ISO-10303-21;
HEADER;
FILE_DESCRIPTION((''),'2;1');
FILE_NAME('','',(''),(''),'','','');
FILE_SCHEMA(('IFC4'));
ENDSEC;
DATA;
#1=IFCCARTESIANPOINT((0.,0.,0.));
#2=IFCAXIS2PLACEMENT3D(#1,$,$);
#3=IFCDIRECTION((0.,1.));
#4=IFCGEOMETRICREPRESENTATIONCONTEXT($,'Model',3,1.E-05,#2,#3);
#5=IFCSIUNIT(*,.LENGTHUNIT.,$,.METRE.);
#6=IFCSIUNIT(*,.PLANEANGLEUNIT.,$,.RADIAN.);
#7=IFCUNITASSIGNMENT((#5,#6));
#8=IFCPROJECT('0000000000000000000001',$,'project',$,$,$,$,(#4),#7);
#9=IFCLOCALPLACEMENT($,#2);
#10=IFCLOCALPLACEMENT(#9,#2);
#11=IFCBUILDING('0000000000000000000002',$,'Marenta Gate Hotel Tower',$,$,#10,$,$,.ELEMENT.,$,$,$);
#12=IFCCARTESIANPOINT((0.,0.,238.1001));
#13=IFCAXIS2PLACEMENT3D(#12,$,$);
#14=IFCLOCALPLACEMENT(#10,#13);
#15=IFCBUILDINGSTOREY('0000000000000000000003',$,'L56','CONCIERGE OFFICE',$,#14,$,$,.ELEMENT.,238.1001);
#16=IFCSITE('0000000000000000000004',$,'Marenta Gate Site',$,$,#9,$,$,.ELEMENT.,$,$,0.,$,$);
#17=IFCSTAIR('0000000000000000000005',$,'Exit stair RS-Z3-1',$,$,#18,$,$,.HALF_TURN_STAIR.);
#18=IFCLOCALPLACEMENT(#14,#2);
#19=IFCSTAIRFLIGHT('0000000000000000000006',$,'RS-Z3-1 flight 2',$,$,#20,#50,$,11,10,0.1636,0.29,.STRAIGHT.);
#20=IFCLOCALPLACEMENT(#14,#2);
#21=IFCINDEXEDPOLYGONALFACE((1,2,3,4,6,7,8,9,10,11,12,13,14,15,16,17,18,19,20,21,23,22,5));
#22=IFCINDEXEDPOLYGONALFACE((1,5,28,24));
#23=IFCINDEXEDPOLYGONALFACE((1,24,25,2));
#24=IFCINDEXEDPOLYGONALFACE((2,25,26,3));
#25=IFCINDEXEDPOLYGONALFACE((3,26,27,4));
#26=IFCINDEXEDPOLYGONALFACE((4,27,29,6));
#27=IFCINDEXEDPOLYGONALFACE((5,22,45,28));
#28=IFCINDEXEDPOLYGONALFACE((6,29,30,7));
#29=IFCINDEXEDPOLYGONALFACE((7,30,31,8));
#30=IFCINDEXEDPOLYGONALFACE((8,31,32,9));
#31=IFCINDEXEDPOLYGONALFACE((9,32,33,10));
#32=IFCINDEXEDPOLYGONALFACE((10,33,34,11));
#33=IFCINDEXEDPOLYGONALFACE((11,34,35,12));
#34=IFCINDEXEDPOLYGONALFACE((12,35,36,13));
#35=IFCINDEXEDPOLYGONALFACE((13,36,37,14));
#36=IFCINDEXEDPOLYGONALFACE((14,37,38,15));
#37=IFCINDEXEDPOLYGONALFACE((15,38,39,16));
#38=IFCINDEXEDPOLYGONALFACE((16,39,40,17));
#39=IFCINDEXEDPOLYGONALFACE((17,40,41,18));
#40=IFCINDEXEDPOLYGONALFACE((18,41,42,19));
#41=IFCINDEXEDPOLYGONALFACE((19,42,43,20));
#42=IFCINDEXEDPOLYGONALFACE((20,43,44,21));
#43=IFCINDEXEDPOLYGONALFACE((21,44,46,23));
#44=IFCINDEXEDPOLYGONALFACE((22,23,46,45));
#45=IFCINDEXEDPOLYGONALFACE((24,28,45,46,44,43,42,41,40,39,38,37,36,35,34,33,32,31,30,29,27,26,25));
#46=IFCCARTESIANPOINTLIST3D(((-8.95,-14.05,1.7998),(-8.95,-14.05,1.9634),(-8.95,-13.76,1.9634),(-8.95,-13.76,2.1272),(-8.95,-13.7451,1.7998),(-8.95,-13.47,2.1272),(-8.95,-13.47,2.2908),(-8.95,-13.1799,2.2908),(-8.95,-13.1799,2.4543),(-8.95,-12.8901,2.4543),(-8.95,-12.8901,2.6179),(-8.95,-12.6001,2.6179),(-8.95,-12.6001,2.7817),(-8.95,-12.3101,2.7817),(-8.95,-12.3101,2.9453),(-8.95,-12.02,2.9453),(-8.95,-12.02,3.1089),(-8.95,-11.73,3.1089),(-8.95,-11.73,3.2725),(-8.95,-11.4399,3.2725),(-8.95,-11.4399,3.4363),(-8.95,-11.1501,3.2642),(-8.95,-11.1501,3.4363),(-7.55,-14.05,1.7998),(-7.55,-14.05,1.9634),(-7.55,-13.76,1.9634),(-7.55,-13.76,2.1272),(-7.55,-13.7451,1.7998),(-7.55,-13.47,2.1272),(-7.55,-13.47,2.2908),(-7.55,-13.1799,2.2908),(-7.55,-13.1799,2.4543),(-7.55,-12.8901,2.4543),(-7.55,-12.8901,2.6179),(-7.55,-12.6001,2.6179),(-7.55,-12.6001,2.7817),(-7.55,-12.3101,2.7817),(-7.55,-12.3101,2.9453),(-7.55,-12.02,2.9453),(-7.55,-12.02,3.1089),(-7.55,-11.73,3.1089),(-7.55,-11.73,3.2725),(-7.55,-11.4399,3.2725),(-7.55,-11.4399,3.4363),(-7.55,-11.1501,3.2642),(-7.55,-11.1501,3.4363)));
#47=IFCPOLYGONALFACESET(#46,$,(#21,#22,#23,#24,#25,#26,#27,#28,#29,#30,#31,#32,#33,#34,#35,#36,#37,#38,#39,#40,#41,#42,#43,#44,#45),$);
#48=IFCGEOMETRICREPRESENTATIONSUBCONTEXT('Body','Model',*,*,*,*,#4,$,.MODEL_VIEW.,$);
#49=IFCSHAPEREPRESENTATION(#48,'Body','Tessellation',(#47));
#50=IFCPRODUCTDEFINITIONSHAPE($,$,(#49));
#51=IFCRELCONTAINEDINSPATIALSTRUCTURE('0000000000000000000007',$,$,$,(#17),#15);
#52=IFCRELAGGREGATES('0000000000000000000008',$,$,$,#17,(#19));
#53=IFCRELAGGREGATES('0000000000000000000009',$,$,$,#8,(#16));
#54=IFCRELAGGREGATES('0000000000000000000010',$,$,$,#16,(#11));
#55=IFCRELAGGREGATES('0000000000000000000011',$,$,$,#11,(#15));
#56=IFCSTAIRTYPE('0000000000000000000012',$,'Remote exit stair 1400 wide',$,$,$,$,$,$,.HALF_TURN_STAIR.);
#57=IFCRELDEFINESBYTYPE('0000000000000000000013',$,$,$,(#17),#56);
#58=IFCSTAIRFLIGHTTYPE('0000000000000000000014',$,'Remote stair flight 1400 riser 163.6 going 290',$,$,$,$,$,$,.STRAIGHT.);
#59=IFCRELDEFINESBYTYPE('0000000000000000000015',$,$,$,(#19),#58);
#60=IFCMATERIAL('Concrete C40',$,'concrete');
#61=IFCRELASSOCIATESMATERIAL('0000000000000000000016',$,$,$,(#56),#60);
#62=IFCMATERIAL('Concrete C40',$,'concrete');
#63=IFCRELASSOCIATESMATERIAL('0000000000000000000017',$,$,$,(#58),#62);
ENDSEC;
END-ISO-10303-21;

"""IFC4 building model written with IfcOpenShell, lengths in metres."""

from ifc_helpers import new_model, si_unit, direction, frame, origin, place, context, subcontext, project, spatial, polyline, outline, extrude, material, type_object, element, aggregate, save


model = new_model("IFC4")

# Units and contexts
model_context = context("Model", 3, precision=1e-05, world=origin(), true_north=direction((0.0, 1.0)))
body_context = subcontext(model_context, "Body", "Model", "MODEL_VIEW")
ifc_project = project(units=[si_unit("LENGTHUNIT", "METRE"), si_unit("PLANEANGLEUNIT", "RADIAN")], contexts=[model_context])

# Site, building, storey
site_placement = place(None, origin())
site = spatial("IfcSite", under=ifc_project, at=site_placement, Name="Marenta Gate Site", CompositionType="ELEMENT", RefElevation=0.0)
building_placement = place(site_placement, origin())
building = spatial("IfcBuilding", under=site, at=building_placement, Name="Marenta Gate Hotel Tower", CompositionType="ELEMENT")
storey_placement = place(building_placement, frame((0.0, 0.0, 238.1001)))
storey = spatial("IfcBuildingStorey", under=building, at=storey_placement, Name="L56", Description="CONCIERGE OFFICE", CompositionType="ELEMENT", Elevation=238.1001)

# Stair, stair flight
ifc_material_1 = material(Name="Concrete C40", Category="concrete")
stair_type = type_object("IfcStairType", Name="Remote exit stair 1400 wide", PredefinedType="HALF_TURN_STAIR", material=ifc_material_1)
stair_placement = place(storey_placement, origin())
stair = element("IfcStair", 1, at=stair_placement, inside=storey, type_object=stair_type, Name="Exit stair RS-Z3-1", PredefinedType="HALF_TURN_STAIR")
ifc_material_2 = material(Name="Concrete C40", Category="concrete")
stair_flight_type = type_object("IfcStairFlightType", Name="Remote stair flight 1400 riser 163.6 going 290", PredefinedType="STRAIGHT", material=ifc_material_2)
stair_flight_placement = place(storey_placement, frame((-8.25, -14.05, 1.7998), z_axis=(0.0, 0.0, 1.0), x_axis=(0.0, 1.0, 0.0)))
stair_flight = element("IfcStairFlight", 2, at=stair_flight_placement, type_object=stair_flight_type, Name="RS-Z3-1 flight 2", NumberOfRisers=11, NumberOfTreads=10, PredefinedType="STRAIGHT", RiserHeight=0.1636, TreadLength=0.29, context=body_context, shape_type="SweptSolid", body=[
    extrude(outline(polyline([(0.0, 0.0), (0.0, 0.1636), (0.29, 0.1636), (0.29, 0.3274), (0.5801, 0.3274), (0.5801, 0.491), (0.8701, 0.491), (0.8701, 0.6545), (1.1599, 0.6545), (1.1599, 0.8181), (1.45, 0.8181), (1.45, 0.9819), (1.74, 0.9819), (1.74, 1.1455), (2.03, 1.1455), (2.03, 1.3091), (2.3201, 1.3091), (2.3201, 1.4727), (2.6101, 1.4727), (2.6101, 1.6365), (2.8999, 1.6365), (2.8999, 1.8), (2.8999, 1.4644), (0.3049, 0.0), (0.0, 0.0)])), frame((0.0, 0.7, 0.0), z_axis=(0.0, -1.0, 0.0), x_axis=(1.0, 0.0, 0.0)), (0.0, 0.0, 1.0), 1.3999),
])
aggregate(stair, [stair_flight])

save(model, "model.ifc")
